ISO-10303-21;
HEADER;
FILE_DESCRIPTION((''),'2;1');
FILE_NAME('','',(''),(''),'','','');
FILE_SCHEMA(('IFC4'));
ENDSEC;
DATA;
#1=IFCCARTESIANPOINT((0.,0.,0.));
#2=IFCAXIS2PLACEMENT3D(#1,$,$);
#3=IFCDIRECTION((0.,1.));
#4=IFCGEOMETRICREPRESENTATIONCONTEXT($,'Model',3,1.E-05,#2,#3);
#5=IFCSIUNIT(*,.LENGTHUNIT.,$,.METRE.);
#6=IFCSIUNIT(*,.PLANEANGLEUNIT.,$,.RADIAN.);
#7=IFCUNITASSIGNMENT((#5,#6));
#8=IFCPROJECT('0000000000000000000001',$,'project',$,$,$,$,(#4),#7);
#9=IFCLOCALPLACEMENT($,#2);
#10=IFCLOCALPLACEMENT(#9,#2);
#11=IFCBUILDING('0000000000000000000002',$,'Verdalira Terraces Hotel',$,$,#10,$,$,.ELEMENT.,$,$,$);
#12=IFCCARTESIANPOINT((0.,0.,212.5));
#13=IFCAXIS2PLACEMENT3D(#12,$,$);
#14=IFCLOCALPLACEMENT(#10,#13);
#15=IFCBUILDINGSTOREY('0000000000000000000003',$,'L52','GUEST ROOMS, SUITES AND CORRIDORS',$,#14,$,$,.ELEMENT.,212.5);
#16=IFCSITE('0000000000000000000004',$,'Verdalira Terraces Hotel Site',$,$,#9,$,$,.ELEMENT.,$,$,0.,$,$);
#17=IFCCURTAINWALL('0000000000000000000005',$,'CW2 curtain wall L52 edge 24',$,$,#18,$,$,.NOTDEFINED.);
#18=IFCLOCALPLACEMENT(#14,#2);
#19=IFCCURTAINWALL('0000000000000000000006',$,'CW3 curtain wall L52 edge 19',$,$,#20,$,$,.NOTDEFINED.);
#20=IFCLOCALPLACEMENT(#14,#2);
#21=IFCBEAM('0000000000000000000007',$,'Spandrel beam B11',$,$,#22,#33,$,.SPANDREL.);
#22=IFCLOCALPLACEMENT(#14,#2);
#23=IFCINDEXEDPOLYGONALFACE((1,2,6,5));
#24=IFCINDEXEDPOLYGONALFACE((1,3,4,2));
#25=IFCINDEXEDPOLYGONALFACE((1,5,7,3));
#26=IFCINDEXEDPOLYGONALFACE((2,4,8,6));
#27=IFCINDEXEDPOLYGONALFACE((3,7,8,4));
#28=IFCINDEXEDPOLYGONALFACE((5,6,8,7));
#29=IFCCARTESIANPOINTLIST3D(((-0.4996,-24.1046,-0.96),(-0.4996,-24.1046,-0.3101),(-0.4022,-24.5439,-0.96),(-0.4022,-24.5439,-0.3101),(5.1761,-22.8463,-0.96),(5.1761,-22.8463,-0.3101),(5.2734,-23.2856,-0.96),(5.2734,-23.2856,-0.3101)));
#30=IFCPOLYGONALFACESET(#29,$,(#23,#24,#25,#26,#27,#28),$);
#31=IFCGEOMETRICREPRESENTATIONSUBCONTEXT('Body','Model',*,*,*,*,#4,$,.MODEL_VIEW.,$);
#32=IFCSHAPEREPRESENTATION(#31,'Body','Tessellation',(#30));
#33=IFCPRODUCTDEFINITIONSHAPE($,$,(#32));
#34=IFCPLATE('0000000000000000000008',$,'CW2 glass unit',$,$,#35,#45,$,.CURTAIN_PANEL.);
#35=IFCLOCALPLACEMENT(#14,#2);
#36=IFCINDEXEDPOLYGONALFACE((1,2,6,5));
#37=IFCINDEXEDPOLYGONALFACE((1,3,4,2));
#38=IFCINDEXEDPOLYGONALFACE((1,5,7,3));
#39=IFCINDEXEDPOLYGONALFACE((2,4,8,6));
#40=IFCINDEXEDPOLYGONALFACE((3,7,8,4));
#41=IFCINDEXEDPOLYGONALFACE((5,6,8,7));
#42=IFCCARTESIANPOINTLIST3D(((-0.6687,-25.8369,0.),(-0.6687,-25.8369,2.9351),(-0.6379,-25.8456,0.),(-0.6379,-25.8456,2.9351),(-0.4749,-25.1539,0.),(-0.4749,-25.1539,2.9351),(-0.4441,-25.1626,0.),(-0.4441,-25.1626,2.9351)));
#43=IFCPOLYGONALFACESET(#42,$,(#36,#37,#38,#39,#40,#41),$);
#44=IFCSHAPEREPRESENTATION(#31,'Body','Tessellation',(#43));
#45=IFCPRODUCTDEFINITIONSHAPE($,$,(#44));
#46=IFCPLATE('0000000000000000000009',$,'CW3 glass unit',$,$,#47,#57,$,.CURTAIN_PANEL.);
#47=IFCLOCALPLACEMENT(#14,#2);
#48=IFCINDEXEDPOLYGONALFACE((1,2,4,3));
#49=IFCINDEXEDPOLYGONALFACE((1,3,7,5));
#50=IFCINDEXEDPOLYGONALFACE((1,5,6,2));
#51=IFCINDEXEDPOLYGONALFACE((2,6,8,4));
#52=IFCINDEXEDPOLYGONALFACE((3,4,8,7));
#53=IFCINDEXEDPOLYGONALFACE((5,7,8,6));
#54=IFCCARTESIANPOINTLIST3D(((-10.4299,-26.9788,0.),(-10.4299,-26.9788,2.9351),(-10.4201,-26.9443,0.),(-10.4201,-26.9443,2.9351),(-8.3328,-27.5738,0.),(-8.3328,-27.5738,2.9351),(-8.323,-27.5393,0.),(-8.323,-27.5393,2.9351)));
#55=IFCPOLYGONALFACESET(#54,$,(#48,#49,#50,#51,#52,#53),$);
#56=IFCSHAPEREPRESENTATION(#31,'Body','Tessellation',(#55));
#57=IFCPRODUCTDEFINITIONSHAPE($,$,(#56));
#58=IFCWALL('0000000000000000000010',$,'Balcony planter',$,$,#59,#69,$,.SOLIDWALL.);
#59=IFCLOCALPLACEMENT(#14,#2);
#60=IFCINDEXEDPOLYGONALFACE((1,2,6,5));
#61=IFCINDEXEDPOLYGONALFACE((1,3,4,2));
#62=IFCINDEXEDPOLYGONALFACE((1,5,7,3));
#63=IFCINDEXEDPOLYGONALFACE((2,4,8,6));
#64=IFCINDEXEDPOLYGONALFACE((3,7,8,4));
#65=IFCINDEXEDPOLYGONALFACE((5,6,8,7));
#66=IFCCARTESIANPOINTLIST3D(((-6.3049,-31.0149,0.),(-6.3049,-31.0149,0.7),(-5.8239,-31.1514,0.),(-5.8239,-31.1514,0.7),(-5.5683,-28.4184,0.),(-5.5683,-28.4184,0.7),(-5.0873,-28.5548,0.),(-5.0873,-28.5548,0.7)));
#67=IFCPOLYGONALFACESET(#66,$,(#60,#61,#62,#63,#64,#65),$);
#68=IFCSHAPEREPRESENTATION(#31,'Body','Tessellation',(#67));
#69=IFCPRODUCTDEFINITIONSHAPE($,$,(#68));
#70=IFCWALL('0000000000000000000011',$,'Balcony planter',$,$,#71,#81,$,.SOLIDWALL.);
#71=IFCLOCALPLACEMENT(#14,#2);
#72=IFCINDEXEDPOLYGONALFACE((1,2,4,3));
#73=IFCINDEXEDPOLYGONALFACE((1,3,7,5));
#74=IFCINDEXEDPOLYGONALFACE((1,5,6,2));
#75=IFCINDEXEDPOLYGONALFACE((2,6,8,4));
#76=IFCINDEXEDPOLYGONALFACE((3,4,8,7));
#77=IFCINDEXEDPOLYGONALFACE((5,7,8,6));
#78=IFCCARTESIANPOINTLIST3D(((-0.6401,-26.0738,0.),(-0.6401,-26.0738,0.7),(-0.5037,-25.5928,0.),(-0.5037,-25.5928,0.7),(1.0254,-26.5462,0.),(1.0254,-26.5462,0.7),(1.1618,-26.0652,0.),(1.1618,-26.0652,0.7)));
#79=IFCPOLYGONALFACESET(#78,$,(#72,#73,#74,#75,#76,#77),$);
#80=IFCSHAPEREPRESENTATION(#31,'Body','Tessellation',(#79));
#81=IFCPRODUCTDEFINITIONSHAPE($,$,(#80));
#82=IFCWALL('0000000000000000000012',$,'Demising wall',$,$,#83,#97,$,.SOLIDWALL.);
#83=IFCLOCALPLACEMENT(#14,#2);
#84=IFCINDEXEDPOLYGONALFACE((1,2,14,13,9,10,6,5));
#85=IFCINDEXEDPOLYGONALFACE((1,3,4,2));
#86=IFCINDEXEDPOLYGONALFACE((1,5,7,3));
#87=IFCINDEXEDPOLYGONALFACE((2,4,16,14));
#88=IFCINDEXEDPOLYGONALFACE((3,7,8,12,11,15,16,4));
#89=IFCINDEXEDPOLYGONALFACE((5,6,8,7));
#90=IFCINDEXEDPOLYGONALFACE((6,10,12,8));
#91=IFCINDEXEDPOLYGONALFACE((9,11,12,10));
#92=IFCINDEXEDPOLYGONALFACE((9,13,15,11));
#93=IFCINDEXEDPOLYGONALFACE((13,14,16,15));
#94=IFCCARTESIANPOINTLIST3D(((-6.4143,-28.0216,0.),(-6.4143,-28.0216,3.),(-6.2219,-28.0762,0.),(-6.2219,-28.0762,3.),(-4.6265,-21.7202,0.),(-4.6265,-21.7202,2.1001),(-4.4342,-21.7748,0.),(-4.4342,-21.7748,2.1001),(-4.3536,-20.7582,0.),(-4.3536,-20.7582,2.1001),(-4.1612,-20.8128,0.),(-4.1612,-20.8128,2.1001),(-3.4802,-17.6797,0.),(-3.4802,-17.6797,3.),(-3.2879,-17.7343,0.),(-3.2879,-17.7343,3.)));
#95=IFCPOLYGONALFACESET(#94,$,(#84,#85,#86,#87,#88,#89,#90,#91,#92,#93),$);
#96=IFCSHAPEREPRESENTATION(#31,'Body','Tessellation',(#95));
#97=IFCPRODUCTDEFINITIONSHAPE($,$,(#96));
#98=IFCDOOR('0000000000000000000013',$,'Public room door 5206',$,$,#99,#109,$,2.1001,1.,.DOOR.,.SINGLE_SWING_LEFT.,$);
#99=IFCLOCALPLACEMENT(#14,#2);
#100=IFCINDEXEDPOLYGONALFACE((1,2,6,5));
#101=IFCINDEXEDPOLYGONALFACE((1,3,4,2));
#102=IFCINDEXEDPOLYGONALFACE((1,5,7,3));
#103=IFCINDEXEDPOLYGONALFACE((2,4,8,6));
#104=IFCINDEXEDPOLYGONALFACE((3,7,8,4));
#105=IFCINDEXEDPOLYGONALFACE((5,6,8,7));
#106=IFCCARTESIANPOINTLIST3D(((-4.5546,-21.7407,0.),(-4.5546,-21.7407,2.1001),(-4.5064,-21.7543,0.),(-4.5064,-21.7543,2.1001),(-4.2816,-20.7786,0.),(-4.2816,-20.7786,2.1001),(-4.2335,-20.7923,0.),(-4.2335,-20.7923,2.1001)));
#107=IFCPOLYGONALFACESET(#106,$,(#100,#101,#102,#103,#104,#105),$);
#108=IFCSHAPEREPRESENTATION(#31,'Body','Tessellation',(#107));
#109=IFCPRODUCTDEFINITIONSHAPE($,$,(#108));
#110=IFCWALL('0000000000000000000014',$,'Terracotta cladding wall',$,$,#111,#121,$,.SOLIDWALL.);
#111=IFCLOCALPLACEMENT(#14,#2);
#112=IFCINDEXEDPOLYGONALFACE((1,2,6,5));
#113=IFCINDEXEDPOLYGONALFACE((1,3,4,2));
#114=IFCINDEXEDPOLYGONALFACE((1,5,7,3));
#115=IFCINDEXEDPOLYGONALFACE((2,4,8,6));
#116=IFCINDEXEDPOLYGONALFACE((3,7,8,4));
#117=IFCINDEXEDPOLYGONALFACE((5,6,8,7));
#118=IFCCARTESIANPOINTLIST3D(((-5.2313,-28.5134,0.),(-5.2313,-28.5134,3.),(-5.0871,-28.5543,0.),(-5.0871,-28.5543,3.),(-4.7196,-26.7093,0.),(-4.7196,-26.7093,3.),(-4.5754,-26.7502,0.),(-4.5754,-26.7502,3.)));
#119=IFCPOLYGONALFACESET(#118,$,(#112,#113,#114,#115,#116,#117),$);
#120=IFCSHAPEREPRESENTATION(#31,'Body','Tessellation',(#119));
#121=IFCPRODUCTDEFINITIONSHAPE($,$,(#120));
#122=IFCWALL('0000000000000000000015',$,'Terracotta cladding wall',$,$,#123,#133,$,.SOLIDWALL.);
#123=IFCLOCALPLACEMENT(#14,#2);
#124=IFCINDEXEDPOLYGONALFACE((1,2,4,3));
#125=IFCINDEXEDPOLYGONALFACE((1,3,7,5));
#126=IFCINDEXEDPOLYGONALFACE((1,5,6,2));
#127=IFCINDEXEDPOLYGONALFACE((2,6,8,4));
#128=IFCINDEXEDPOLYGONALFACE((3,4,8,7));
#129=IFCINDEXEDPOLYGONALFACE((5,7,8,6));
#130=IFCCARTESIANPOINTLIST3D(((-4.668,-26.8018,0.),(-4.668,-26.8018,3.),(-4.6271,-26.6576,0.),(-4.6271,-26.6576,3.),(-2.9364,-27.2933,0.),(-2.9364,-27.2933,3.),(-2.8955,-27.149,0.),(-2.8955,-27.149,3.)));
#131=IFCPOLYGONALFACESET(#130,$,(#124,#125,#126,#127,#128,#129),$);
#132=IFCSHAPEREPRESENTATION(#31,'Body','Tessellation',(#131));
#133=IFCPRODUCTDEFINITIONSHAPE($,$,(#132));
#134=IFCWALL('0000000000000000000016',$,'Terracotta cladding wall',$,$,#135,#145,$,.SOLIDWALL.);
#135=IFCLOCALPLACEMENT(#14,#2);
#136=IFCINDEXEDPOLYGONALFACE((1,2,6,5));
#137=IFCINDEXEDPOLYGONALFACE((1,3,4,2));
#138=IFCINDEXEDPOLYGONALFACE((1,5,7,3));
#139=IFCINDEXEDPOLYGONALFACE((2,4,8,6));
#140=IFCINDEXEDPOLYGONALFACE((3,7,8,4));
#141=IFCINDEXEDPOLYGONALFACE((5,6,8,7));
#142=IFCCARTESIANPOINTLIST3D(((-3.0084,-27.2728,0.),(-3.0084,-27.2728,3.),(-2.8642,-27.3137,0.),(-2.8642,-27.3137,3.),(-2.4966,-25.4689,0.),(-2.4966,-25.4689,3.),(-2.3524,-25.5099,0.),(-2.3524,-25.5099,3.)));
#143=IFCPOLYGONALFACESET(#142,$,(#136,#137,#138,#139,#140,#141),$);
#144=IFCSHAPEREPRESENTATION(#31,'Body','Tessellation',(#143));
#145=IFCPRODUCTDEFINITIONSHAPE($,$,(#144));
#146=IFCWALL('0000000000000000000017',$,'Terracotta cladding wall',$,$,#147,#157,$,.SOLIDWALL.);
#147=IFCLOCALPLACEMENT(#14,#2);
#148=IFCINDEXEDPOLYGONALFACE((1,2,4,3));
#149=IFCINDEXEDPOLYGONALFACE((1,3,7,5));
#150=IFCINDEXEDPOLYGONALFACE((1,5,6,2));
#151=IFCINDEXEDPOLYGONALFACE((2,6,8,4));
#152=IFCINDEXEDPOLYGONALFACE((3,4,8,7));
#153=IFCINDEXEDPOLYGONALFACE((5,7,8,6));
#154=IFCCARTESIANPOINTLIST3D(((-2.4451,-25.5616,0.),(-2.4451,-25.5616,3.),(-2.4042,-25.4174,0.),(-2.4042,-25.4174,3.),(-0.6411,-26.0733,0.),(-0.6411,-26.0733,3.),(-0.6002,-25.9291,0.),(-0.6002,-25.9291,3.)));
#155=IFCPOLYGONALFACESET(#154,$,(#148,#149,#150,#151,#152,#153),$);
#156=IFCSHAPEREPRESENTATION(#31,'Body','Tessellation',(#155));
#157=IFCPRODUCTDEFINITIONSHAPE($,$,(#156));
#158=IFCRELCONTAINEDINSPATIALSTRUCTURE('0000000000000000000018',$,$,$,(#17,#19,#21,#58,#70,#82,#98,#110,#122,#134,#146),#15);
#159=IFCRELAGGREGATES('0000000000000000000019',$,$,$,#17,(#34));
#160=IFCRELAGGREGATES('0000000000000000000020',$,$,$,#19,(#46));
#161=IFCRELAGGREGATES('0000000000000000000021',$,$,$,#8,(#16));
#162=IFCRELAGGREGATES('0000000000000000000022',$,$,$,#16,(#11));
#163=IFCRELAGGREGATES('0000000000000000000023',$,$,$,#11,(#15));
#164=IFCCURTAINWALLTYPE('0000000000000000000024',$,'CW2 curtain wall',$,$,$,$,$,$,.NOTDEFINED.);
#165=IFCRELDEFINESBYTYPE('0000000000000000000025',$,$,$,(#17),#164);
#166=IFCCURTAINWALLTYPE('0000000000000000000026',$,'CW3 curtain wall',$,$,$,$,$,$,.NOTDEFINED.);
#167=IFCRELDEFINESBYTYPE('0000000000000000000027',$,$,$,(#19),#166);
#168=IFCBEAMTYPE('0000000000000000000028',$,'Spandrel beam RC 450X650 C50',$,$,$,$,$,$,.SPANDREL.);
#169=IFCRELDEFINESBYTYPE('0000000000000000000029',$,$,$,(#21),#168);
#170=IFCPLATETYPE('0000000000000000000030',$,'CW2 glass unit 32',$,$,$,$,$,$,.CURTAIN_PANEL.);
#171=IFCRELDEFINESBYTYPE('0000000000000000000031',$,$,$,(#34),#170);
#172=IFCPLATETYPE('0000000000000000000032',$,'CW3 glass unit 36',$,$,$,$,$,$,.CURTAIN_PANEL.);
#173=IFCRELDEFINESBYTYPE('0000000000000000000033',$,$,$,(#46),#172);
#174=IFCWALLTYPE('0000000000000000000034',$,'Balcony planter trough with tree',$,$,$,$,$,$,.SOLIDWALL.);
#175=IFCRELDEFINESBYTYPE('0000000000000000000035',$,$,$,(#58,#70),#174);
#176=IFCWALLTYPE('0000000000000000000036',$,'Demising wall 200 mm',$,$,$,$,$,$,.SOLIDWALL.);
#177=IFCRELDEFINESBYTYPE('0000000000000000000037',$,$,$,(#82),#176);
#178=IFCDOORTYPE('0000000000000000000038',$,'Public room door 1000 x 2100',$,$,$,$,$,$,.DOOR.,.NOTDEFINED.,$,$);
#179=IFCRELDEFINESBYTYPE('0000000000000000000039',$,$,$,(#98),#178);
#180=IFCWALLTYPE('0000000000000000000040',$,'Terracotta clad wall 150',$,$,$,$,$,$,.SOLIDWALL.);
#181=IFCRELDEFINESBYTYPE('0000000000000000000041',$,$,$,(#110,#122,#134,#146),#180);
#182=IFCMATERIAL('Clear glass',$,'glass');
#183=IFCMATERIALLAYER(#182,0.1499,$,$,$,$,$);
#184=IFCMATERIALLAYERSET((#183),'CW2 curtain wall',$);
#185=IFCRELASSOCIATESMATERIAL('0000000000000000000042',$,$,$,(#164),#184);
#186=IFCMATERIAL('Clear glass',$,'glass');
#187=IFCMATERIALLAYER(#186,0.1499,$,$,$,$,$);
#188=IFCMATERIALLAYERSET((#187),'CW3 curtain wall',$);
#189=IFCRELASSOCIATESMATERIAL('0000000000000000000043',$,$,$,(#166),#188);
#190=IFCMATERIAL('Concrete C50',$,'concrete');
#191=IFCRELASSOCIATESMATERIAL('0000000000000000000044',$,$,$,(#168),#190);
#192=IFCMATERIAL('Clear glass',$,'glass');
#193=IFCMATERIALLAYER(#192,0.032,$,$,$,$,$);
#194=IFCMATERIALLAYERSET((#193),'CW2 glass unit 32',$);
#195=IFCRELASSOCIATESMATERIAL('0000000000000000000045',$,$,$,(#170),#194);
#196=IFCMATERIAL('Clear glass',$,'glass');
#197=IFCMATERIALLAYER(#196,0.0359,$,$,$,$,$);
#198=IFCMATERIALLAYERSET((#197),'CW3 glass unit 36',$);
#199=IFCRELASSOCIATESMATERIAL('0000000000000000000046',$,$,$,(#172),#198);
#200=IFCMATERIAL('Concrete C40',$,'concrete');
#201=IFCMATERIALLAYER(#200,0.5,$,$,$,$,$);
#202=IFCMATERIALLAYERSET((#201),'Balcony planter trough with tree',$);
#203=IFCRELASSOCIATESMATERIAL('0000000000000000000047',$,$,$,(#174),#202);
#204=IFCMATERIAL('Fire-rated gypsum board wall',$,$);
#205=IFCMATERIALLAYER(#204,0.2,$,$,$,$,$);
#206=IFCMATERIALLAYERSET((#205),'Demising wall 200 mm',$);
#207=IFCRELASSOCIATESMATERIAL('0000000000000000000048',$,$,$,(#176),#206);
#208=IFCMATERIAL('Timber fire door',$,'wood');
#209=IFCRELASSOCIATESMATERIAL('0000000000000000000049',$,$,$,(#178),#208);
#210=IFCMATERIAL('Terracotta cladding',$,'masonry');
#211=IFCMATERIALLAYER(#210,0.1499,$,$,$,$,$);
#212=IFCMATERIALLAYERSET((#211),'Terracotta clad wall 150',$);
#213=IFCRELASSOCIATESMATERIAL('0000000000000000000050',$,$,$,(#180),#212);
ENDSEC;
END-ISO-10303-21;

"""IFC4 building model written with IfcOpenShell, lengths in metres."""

from ifc_helpers import new_model, si_unit, direction, frame, frame_2d, origin, origin_2d, place, context, subcontext, project, spatial, rectangle, extrude, material, layer, layer_set, material_profile, profile_set, type_object, element, fill, aggregate, save


model = new_model("IFC4")

# Units and contexts
model_context = context("Model", 3, precision=1e-05, world=origin(), true_north=direction((0.0, 1.0)))
body_context = subcontext(model_context, "Body", "Model", "MODEL_VIEW")
ifc_project = project(units=[si_unit("LENGTHUNIT", "METRE"), si_unit("PLANEANGLEUNIT", "RADIAN")], contexts=[model_context])

# Site, building, storey
site_placement = place(None, origin())
site = spatial("IfcSite", under=ifc_project, at=site_placement, Name="Verdalira Terraces Hotel Site", CompositionType="ELEMENT", RefElevation=0.0)
building_placement = place(site_placement, origin())
building = spatial("IfcBuilding", under=site, at=building_placement, Name="Verdalira Terraces Hotel", CompositionType="ELEMENT")
storey_placement = place(building_placement, frame((0.0, 0.0, 212.5)))
storey = spatial("IfcBuildingStorey", under=building, at=storey_placement, Name="L52", Description="GUEST ROOMS, SUITES AND CORRIDORS", CompositionType="ELEMENT", Elevation=212.5)

# Curtain wall
ifc_material_1 = material(Name="Clear glass", Category="glass")
ifc_layer_1 = layer(ifc_material_1, 0.1499)
ifc_layer_set_1 = layer_set([ifc_layer_1], Name="CW2 curtain wall")
curtain_wall_type_1 = type_object("IfcCurtainWallType", Name="CW2 curtain wall", PredefinedType="NOTDEFINED", material=ifc_layer_set_1)
curtain_wall_1_placement = place(storey_placement, origin())
curtain_wall_1 = element("IfcCurtainWall", 1, at=curtain_wall_1_placement, inside=storey, type_object=curtain_wall_type_1, Name="CW2 curtain wall L52 edge 24", PredefinedType="NOTDEFINED")

# Curtain wall
ifc_material_2 = material(Name="Clear glass", Category="glass")
ifc_layer_2 = layer(ifc_material_2, 0.1499)
ifc_layer_set_2 = layer_set([ifc_layer_2], Name="CW3 curtain wall")
curtain_wall_type_2 = type_object("IfcCurtainWallType", Name="CW3 curtain wall", PredefinedType="NOTDEFINED", material=ifc_layer_set_2)
curtain_wall_2_placement = place(storey_placement, origin())
curtain_wall_2 = element("IfcCurtainWall", 2, at=curtain_wall_2_placement, inside=storey, type_object=curtain_wall_type_2, Name="CW3 curtain wall L52 edge 19", PredefinedType="NOTDEFINED")

# Beam
ifc_material_3 = material(Name="Concrete C50", Category="concrete")
ifc_material_profile_1 = material_profile(ifc_material_3, rectangle(XDim=0.45, YDim=0.6499, at=origin_2d()), Name="RC 450X650")
ifc_profile_set_1 = profile_set([ifc_material_profile_1], Name="Concrete C50")
beam_type_1 = type_object("IfcBeamType", Name="Spandrel beam RC 450X650 C50", PredefinedType="SPANDREL", material=ifc_profile_set_1)
beam_1_placement = place(storey_placement, frame((-0.4509, -24.3242, -0.635), z_axis=(0.976296, 0.216441, 0.0), x_axis=(-0.216441, 0.976296, 0.0)))
element("IfcBeam", 3, at=beam_1_placement, inside=storey, type_object=beam_type_1, Name="Spandrel beam B11", PredefinedType="SPANDREL", context=body_context, shape_type="SweptSolid", body=[
    extrude(rectangle(XDim=0.45, YDim=0.6499, at=origin_2d()), origin(), (0.0, 0.0, 1.0), 5.8135),
])

# Plates
ifc_material_4 = material(Name="Clear glass", Category="glass")
ifc_layer_3 = layer(ifc_material_4, 0.032)
ifc_layer_set_3 = layer_set([ifc_layer_3], Name="CW2 glass unit 32")
plate_type_1 = type_object("IfcPlateType", Name="CW2 glass unit 32", PredefinedType="CURTAIN_PANEL", material=ifc_layer_set_3)
plate_1_placement = place(storey_placement, frame((-0.5564, -25.4998, 0.0), z_axis=(0.0, 0.0, 1.0), x_axis=(0.272952, 0.962028, 0.0)))
plate_1 = element("IfcPlate", 4, at=plate_1_placement, type_object=plate_type_1, Name="CW2 glass unit", PredefinedType="CURTAIN_PANEL", context=body_context, shape_type="SweptSolid", body=[
    extrude(rectangle(XDim=0.71, YDim=0.032, at=origin_2d()), origin(), (0.0, 0.0, 1.0), 2.9351),
])
aggregate(curtain_wall_1, [plate_1])
ifc_material_5 = material(Name="Clear glass", Category="glass")
ifc_layer_4 = layer(ifc_material_5, 0.0359)
ifc_layer_set_4 = layer_set([ifc_layer_4], Name="CW3 glass unit 36")
plate_type_2 = type_object("IfcPlateType", Name="CW3 glass unit 36", PredefinedType="CURTAIN_PANEL", material=ifc_layer_set_4)
plate_2_placement = place(storey_placement, frame((-9.3765, -27.259, 0.0), z_axis=(0.0, 0.0, 1.0), x_axis=(0.962028, -0.272952, 0.0)))
plate_2 = element("IfcPlate", 5, at=plate_2_placement, type_object=plate_type_2, Name="CW3 glass unit", PredefinedType="CURTAIN_PANEL", context=body_context, shape_type="SweptSolid", body=[
    extrude(rectangle(XDim=2.1799, YDim=0.0359, at=origin_2d()), origin(), (0.0, 0.0, 1.0), 2.9351),
])
aggregate(curtain_wall_2, [plate_2])

# Walls
ifc_material_6 = material(Name="Concrete C40", Category="concrete")
ifc_layer_5 = layer(ifc_material_6, 0.5)
ifc_layer_set_5 = layer_set([ifc_layer_5], Name="Balcony planter trough with tree")
wall_type_1 = type_object("IfcWallType", Name="Balcony planter trough with tree", PredefinedType="SOLIDWALL", material=ifc_layer_set_5)
wall_1_placement = place(storey_placement, frame((-6.0645, -31.0833, 0.0), z_axis=(0.0, 0.0, 1.0), x_axis=(0.272917, 0.962038, 0.0)))
element("IfcWall", 6, at=wall_1_placement, inside=storey, type_object=wall_type_1, Name="Balcony planter", PredefinedType="SOLIDWALL", context=body_context, shape_type="SweptSolid", body=[
    extrude(rectangle(XDim=2.699, YDim=0.5, at=frame_2d((1.3496, 0.0))), origin(), (0.0, 0.0, 1.0), 0.7),
])
wall_2_placement = place(storey_placement, frame((-0.572, -25.8333, 0.0), z_axis=(0.0, 0.0, 1.0), x_axis=(0.962049, -0.272877, 0.0)))
element("IfcWall", 7, at=wall_2_placement, inside=storey, type_object=wall_type_1, Name="Balcony planter", PredefinedType="SOLIDWALL", context=body_context, shape_type="SweptSolid", body=[
    extrude(rectangle(XDim=1.7312, YDim=0.5, at=frame_2d((0.8657, 0.0))), origin(), (0.0, 0.0, 1.0), 0.7),
])

# Wall, opening, door
ifc_material_7 = material(Name="Fire-rated gypsum board wall")
ifc_layer_6 = layer(ifc_material_7, 0.2)
ifc_layer_set_6 = layer_set([ifc_layer_6], Name="Demising wall 200 mm")
wall_type_2 = type_object("IfcWallType", Name="Demising wall 200 mm", PredefinedType="SOLIDWALL", material=ifc_layer_set_6)
wall_3_placement = place(storey_placement, frame((-3.384, -17.707, 0.0), z_axis=(0.0, 0.0, 1.0), x_axis=(-0.272939, -0.962031, 0.0)))
wall_3 = element("IfcWall", 8, at=wall_3_placement, inside=storey, type_object=wall_type_2, Name="Demising wall", PredefinedType="SOLIDWALL", context=body_context, shape_type="SweptSolid", body=[
    extrude(rectangle(XDim=10.75, YDim=0.2, at=frame_2d((5.375, 0.0))), origin(), (0.0, 0.0, 1.0), 3.0),
])
opening_1_placement = place(wall_3_placement, frame((3.2, 0.0, 0.0)))
opening_1 = element("IfcOpeningElement", 9, at=opening_1_placement, cuts=wall_3, PredefinedType="OPENING", context=body_context, shape_type="SweptSolid", body=[
    extrude(rectangle(XDim=1.0, YDim=2.1001, at=frame_2d((0.5, 1.05))), frame((0.0, 0.1099, 0.0), z_axis=(0.0, -1.0, 0.0), x_axis=(1.0, 0.0, 0.0)), (0.0, 0.0, 1.0), 0.22),
])
ifc_material_8 = material(Name="Timber fire door", Category="wood")
door_type_1 = type_object("IfcDoorType", Name="Public room door 1000 x 2100", OperationType="NOTDEFINED", PredefinedType="DOOR", material=ifc_material_8)
door_1_placement = place(opening_1_placement, origin())
door_1 = element("IfcDoor", 10, at=door_1_placement, inside=storey, type_object=door_type_1, Name="Public room door 5206", OperationType="SINGLE_SWING_LEFT", OverallHeight=2.1001, OverallWidth=1.0, PredefinedType="DOOR", context=body_context, shape_type="SweptSolid", body=[
    extrude(rectangle(XDim=1.0, YDim=2.1001, at=frame_2d((0.5, 1.05))), frame((0.0, 0.0249, 0.0), z_axis=(0.0, -1.0, 0.0), x_axis=(1.0, 0.0, 0.0)), (0.0, 0.0, 1.0), 0.05),
])
fill(opening_1, door_1)

# Walls
ifc_material_9 = material(Name="Terracotta cladding", Category="masonry")
ifc_layer_7 = layer(ifc_material_9, 0.1499)
ifc_layer_set_7 = layer_set([ifc_layer_7], Name="Terracotta clad wall 150")
wall_type_3 = type_object("IfcWallType", Name="Terracotta clad wall 150", PredefinedType="SOLIDWALL", material=ifc_layer_set_7)
wall_4_placement = place(storey_placement, frame((-5.1592, -28.5337, 0.0), z_axis=(0.0, 0.0, 1.0), x_axis=(0.272898, 0.962043, 0.0)))
element("IfcWall", 11, at=wall_4_placement, inside=storey, type_object=wall_type_3, Name="Terracotta cladding wall", PredefinedType="SOLIDWALL", context=body_context, shape_type="SweptSolid", body=[
    extrude(rectangle(XDim=1.8752, YDim=0.1499, at=frame_2d((0.9375, 0.0))), origin(), (0.0, 0.0, 1.0), 3.0),
])
wall_5_placement = place(storey_placement, frame((-4.6475, -26.7297, 0.0), z_axis=(0.0, 0.0, 1.0), x_axis=(0.962009, -0.273019, 0.0)))
element("IfcWall", 12, at=wall_5_placement, inside=storey, type_object=wall_type_3, Name="Terracotta cladding wall", PredefinedType="SOLIDWALL", context=body_context, shape_type="SweptSolid", body=[
    extrude(rectangle(XDim=1.8, YDim=0.1499, at=frame_2d((0.8999, 0.0))), origin(), (0.0, 0.0, 1.0), 3.0),
])
wall_6_placement = place(storey_placement, frame((-2.9363, -27.2932, 0.0), z_axis=(0.0, 0.0, 1.0), x_axis=(0.272932, 0.962033, 0.0)))
element("IfcWall", 13, at=wall_6_placement, inside=storey, type_object=wall_type_3, Name="Terracotta cladding wall", PredefinedType="SOLIDWALL", context=body_context, shape_type="SweptSolid", body=[
    extrude(rectangle(XDim=1.875, YDim=0.1499, at=frame_2d((0.9375, 0.0))), origin(), (0.0, 0.0, 1.0), 3.0),
])
wall_7_placement = place(storey_placement, frame((-2.4246, -25.4895, 0.0), z_axis=(0.0, 0.0, 1.0), x_axis=(0.962043, -0.272898, 0.0)))
element("IfcWall", 14, at=wall_7_placement, inside=storey, type_object=wall_type_3, Name="Terracotta cladding wall", PredefinedType="SOLIDWALL", context=body_context, shape_type="SweptSolid", body=[
    extrude(rectangle(XDim=1.8752, YDim=0.1499, at=frame_2d((0.9375, 0.0))), origin(), (0.0, 0.0, 1.0), 3.0),
])

save(model, "model.ifc")
